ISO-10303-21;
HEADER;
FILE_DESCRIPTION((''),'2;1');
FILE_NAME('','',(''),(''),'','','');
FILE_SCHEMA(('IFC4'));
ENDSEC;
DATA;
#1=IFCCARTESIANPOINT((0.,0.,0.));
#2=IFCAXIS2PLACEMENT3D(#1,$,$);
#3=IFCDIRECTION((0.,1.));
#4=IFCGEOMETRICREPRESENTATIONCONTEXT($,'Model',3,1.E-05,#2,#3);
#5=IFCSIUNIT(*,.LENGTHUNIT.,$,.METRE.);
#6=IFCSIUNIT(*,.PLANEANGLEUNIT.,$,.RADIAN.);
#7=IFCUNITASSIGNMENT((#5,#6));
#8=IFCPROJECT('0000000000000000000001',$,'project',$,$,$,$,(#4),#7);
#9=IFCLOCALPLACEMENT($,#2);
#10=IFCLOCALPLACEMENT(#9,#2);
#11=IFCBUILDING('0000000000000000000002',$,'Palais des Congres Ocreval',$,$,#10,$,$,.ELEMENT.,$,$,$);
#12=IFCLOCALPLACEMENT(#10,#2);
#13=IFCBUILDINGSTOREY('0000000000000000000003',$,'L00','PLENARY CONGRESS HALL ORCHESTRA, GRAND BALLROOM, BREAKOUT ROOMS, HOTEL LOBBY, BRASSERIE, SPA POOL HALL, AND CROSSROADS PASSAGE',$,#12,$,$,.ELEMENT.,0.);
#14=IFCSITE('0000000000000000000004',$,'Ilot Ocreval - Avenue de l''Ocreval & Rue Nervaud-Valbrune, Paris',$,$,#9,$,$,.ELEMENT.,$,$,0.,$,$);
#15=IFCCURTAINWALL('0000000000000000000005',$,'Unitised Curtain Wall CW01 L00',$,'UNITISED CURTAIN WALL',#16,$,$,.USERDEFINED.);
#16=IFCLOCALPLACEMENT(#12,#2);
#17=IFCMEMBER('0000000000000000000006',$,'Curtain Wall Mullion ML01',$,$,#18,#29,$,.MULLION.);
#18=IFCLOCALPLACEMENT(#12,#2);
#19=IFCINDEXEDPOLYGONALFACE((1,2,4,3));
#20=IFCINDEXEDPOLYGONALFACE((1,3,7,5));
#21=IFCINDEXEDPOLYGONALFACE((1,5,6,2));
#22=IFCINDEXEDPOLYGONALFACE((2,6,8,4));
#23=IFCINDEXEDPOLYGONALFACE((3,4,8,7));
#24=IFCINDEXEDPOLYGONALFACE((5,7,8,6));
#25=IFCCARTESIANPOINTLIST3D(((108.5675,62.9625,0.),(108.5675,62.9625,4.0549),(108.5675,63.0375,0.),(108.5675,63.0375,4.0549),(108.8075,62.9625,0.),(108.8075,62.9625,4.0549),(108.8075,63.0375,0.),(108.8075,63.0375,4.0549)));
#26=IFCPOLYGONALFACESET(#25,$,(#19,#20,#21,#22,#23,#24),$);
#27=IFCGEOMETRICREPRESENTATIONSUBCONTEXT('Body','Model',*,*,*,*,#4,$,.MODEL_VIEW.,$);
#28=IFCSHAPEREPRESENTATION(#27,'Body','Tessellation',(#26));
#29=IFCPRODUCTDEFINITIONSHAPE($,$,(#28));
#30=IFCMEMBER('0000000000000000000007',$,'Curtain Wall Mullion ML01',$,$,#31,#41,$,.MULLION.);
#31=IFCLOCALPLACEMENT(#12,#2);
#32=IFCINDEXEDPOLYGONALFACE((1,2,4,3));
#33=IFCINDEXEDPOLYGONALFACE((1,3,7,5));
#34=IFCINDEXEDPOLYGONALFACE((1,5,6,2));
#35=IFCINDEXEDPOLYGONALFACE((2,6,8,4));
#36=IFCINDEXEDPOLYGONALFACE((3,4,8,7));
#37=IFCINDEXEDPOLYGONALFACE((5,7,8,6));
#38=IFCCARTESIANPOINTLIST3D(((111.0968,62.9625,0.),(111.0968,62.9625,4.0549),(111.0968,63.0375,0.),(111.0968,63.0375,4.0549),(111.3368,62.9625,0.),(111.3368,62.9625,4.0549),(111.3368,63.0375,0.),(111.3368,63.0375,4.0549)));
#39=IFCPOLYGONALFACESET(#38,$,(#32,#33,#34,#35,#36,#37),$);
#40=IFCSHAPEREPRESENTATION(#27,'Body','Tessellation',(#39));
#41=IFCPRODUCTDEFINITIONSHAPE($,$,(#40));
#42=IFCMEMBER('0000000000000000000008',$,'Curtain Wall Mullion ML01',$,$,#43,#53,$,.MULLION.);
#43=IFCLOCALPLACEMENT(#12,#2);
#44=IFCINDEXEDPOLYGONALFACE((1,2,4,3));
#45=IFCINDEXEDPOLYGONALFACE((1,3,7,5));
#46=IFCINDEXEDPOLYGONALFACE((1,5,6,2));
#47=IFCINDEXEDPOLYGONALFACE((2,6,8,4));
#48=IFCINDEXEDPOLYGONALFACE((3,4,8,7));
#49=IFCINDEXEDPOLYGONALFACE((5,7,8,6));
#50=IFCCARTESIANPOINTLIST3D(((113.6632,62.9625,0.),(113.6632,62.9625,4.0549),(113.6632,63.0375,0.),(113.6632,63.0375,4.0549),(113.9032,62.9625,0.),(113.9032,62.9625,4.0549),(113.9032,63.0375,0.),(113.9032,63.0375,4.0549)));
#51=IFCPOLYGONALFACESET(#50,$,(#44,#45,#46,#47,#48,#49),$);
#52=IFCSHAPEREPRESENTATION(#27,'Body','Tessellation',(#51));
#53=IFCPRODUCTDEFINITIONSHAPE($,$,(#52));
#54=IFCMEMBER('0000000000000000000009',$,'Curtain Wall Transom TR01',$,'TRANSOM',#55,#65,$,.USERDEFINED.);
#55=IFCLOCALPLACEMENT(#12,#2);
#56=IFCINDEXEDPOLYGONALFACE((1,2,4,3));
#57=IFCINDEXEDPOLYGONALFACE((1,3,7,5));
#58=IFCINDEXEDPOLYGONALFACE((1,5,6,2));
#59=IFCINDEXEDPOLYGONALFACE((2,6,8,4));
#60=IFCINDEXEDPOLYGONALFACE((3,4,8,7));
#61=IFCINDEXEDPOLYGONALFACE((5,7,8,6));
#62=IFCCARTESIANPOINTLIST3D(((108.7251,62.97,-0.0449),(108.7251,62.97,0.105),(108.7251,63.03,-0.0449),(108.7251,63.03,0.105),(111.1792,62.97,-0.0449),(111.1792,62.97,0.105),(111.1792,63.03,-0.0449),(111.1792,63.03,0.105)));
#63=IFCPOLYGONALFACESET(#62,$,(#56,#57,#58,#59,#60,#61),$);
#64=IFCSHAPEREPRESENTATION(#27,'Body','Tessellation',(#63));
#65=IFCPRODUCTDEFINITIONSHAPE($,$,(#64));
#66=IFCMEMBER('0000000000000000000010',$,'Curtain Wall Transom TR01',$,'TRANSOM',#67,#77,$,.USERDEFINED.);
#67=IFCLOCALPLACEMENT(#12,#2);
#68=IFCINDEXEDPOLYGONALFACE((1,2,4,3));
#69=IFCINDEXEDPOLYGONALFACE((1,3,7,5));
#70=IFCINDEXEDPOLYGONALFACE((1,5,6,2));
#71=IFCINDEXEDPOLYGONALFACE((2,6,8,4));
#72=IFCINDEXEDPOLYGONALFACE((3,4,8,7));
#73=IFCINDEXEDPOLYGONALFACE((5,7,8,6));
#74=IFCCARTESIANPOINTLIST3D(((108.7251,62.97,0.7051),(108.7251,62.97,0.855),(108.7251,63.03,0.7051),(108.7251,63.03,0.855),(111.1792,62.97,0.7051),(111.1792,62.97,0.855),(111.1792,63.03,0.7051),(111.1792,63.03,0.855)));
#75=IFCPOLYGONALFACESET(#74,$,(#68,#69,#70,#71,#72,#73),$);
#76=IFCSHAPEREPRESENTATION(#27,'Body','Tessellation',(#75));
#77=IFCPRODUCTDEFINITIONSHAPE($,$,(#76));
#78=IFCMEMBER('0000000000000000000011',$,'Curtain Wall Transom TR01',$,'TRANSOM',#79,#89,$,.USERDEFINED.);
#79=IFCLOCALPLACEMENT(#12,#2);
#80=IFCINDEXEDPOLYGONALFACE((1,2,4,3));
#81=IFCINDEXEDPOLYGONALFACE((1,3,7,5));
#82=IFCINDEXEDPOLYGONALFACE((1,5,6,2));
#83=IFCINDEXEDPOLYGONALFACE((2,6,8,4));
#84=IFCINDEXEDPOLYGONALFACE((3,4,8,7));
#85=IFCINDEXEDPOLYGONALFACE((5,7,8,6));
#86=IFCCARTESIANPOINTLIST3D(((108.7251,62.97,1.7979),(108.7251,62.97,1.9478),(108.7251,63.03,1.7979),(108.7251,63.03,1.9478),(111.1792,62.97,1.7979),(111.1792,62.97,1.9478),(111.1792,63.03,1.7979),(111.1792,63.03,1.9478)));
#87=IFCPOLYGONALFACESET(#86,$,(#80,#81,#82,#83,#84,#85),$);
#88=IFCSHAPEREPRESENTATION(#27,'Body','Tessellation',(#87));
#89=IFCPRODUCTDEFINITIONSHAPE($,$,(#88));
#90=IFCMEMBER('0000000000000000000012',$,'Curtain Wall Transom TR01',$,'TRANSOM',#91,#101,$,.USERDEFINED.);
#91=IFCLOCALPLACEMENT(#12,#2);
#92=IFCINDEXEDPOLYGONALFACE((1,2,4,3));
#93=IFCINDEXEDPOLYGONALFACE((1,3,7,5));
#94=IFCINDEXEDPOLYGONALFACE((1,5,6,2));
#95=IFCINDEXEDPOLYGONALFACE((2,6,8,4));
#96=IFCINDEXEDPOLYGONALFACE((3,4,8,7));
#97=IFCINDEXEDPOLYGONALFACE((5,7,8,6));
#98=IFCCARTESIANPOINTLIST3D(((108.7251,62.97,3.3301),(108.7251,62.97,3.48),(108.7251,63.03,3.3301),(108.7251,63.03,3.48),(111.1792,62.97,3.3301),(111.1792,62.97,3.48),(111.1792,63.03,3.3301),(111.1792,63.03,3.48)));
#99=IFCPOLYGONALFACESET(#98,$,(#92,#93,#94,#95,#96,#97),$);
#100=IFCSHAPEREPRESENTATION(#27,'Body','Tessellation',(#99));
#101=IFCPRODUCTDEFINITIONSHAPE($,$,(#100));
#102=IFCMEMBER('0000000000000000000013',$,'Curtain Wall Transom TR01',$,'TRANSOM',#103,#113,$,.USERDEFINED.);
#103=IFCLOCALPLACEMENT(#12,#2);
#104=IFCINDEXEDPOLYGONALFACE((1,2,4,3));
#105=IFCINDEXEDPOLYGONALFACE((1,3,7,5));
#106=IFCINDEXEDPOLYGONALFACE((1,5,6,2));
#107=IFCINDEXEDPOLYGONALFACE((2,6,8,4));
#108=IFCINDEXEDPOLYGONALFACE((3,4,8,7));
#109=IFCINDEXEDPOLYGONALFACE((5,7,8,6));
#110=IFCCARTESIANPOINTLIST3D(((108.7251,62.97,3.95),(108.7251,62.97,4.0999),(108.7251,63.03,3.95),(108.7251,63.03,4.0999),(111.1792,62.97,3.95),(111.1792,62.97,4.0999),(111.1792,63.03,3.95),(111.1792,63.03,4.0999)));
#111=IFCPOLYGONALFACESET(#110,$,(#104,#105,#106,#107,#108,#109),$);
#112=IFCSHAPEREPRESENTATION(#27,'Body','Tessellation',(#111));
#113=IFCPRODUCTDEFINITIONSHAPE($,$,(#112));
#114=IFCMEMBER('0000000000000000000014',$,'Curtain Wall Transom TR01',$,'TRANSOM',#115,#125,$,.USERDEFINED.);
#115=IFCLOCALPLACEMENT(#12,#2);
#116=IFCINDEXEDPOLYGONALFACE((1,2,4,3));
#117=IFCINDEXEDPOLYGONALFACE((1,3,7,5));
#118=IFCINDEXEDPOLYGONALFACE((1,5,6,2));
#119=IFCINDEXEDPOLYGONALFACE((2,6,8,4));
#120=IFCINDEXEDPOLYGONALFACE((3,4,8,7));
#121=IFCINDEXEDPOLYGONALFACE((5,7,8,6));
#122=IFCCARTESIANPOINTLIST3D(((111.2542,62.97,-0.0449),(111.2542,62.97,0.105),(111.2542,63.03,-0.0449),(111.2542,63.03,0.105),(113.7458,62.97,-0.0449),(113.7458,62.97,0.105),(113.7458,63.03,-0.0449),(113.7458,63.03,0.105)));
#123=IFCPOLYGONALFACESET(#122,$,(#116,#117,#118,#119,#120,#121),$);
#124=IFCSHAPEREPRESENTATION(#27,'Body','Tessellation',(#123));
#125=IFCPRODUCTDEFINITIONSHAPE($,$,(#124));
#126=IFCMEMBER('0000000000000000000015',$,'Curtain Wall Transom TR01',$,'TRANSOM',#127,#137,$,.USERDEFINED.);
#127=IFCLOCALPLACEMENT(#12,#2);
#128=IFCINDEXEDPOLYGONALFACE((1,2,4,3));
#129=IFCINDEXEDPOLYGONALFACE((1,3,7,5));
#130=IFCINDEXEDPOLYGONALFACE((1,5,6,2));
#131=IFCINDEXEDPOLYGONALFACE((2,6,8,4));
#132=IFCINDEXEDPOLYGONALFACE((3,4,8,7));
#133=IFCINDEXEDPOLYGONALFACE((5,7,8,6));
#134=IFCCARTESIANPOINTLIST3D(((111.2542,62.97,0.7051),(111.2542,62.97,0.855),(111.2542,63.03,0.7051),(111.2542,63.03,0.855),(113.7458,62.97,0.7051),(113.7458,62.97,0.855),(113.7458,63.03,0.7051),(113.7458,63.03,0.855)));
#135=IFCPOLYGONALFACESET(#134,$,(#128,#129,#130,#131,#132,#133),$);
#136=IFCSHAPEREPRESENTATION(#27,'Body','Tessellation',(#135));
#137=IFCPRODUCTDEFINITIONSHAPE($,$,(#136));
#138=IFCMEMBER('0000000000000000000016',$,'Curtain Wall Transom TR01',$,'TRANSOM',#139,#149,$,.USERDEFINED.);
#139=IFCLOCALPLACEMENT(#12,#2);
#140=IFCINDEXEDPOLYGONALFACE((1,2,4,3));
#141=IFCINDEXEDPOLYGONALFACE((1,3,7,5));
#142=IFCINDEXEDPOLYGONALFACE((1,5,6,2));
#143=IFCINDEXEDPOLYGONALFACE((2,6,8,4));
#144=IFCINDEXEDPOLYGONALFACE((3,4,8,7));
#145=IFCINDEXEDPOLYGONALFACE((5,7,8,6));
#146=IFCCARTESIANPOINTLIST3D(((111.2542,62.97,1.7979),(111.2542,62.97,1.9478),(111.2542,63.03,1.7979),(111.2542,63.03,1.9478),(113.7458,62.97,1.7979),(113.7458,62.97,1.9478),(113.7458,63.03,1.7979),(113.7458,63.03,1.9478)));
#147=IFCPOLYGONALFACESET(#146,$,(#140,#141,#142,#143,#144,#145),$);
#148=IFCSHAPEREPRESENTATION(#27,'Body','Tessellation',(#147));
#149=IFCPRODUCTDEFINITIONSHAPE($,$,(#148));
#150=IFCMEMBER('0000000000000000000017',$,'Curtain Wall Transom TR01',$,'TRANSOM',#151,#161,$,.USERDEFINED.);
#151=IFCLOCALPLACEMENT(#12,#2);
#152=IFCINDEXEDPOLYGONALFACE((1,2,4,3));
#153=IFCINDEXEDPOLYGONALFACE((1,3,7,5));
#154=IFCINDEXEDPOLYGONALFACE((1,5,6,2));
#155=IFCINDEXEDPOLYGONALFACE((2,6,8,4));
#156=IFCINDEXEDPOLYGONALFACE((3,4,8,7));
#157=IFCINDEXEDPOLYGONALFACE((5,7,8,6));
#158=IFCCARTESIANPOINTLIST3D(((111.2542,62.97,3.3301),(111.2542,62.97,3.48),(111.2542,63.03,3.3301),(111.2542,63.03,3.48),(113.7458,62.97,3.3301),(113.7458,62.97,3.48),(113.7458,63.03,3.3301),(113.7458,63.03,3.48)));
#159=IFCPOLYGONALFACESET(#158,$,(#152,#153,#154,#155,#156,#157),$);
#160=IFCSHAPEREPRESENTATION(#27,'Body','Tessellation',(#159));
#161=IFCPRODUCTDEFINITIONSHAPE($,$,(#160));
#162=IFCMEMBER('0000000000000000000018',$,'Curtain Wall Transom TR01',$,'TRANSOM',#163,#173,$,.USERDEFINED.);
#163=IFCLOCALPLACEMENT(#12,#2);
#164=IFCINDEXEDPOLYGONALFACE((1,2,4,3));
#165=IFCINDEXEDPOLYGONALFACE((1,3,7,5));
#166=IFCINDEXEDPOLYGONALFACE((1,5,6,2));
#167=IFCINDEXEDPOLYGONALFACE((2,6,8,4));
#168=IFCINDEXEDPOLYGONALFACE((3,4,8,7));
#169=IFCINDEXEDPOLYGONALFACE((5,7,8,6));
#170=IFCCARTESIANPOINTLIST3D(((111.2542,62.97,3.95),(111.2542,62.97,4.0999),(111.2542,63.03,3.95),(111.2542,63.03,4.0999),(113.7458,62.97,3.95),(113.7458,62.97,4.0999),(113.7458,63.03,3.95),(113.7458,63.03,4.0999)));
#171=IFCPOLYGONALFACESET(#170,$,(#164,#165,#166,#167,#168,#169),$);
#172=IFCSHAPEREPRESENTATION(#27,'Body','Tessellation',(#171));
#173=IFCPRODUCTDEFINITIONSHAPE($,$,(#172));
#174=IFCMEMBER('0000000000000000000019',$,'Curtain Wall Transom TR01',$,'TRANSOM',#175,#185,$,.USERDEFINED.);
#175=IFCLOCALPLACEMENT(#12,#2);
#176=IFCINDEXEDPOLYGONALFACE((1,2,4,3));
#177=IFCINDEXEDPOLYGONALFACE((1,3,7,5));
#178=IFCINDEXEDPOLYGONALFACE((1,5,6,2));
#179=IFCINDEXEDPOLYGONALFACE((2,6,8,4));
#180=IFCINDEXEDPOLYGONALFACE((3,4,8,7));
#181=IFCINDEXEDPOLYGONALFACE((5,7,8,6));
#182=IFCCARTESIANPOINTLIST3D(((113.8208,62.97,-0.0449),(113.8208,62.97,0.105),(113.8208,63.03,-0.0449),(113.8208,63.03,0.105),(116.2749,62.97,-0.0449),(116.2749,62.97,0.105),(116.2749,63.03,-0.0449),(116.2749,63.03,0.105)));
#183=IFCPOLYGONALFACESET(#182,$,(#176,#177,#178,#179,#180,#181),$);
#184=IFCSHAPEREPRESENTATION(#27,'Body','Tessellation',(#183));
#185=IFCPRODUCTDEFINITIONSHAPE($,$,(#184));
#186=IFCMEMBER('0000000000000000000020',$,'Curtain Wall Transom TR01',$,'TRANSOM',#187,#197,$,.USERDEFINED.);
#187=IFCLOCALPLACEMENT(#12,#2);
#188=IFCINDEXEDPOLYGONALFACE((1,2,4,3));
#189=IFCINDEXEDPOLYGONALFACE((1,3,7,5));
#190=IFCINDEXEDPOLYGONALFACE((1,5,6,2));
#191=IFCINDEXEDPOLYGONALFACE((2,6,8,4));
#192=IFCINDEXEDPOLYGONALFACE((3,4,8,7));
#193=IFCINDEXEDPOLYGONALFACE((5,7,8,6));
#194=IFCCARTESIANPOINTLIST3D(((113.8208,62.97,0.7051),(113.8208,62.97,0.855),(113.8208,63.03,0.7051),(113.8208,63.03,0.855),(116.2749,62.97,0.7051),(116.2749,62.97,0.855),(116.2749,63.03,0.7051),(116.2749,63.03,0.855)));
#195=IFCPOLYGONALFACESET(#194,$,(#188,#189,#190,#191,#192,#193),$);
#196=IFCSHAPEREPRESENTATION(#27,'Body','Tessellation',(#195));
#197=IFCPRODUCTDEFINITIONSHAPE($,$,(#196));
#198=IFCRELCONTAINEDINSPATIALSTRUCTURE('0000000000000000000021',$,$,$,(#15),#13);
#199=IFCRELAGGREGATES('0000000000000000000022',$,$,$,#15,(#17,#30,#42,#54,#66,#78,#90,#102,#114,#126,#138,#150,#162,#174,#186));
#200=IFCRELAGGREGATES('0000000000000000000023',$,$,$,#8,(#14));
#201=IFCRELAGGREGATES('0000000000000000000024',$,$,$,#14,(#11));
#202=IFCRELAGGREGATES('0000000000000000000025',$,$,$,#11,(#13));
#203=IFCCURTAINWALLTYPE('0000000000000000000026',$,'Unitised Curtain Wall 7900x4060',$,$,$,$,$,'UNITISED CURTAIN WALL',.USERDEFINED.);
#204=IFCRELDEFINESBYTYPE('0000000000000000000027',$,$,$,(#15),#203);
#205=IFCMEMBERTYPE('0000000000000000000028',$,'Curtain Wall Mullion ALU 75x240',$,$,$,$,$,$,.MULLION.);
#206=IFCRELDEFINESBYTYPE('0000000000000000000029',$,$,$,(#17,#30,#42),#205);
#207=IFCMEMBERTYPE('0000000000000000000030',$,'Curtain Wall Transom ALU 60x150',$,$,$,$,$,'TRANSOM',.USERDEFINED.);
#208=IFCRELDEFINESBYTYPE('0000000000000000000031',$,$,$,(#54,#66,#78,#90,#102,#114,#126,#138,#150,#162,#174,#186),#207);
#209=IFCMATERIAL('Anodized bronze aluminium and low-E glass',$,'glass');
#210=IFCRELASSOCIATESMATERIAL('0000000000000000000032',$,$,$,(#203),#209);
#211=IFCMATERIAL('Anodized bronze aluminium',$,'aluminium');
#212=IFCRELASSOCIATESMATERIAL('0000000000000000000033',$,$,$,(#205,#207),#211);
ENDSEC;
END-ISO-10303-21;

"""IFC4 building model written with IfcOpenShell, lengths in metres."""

from ifc_helpers import new_model, si_unit, direction, frame, origin, origin_2d, place, context, subcontext, project, spatial, rectangle, extrude, material, material_profile, profile_set, type_object, element, aggregate, save


model = new_model("IFC4")

# Units and contexts
model_context = context("Model", 3, precision=1e-05, world=origin(), true_north=direction((0.0, 1.0)))
body_context = subcontext(model_context, "Body", "Model", "MODEL_VIEW")
ifc_project = project(units=[si_unit("LENGTHUNIT", "METRE"), si_unit("PLANEANGLEUNIT", "RADIAN")], contexts=[model_context])

# Site, building, storey
site_placement = place(None, origin())
site = spatial("IfcSite", under=ifc_project, at=site_placement, Name="Ilot Ocreval - Avenue de l'Ocreval & Rue Nervaud-Valbrune, Paris", CompositionType="ELEMENT", RefElevation=0.0)
building_placement = place(site_placement, origin())
building = spatial("IfcBuilding", under=site, at=building_placement, Name="Palais des Congres Ocreval", CompositionType="ELEMENT")
storey_placement = place(building_placement, origin())
storey = spatial("IfcBuildingStorey", under=building, at=storey_placement, Name="L00", Description="PLENARY CONGRESS HALL ORCHESTRA, GRAND BALLROOM, BREAKOUT ROOMS, HOTEL LOBBY, BRASSERIE, SPA POOL HALL, AND CROSSROADS PASSAGE", CompositionType="ELEMENT", Elevation=0.0)

# Curtain wall, members
ifc_material_1 = material(Name="Anodized bronze aluminium and low-E glass", Category="glass")
curtain_wall_type = type_object("IfcCurtainWallType", Name="Unitised Curtain Wall 7900x4060", ElementType="UNITISED CURTAIN WALL", PredefinedType="USERDEFINED", material=ifc_material_1)
curtain_wall_placement = place(storey_placement, origin())
curtain_wall = element("IfcCurtainWall", 1, at=curtain_wall_placement, inside=storey, type_object=curtain_wall_type, Name="Unitised Curtain Wall CW01 L00", ObjectType="UNITISED CURTAIN WALL", PredefinedType="USERDEFINED")
ifc_material_2 = material(Name="Anodized bronze aluminium", Category="aluminium")
ifc_material_profile_1 = material_profile(ifc_material_2, rectangle(XDim=0.075, YDim=0.24, at=origin_2d()), Name="ALU 75x240")
ifc_profile_set_1 = profile_set([ifc_material_profile_1], Name="Anodized bronze aluminium")
member_type_1 = type_object("IfcMemberType", Name="Curtain Wall Mullion ALU 75x240", PredefinedType="MULLION", material=ifc_profile_set_1)
member_1_placement = place(storey_placement, frame((108.6875, 63.0, 0.0), z_axis=(0.0, 0.0, 1.0), x_axis=(0.0, 1.0, 0.0)))
member_1 = element("IfcMember", 2, at=member_1_placement, type_object=member_type_1, Name="Curtain Wall Mullion ML01", PredefinedType="MULLION", context=body_context, shape_type="SweptSolid", body=[
    extrude(rectangle(XDim=0.075, YDim=0.24, at=origin_2d()), origin(), (0.0, 0.0, 1.0), 4.0549),
])
member_2_placement = place(storey_placement, frame((111.2168, 63.0, 0.0), z_axis=(0.0, 0.0, 1.0), x_axis=(0.0, 1.0, 0.0)))
member_2 = element("IfcMember", 3, at=member_2_placement, type_object=member_type_1, Name="Curtain Wall Mullion ML01", PredefinedType="MULLION", context=body_context, shape_type="SweptSolid", body=[
    extrude(rectangle(XDim=0.075, YDim=0.24, at=origin_2d()), origin(), (0.0, 0.0, 1.0), 4.0549),
])
member_3_placement = place(storey_placement, frame((113.7832, 63.0, 0.0), z_axis=(0.0, 0.0, 1.0), x_axis=(0.0, 1.0, 0.0)))
member_3 = element("IfcMember", 4, at=member_3_placement, type_object=member_type_1, Name="Curtain Wall Mullion ML01", PredefinedType="MULLION", context=body_context, shape_type="SweptSolid", body=[
    extrude(rectangle(XDim=0.075, YDim=0.24, at=origin_2d()), origin(), (0.0, 0.0, 1.0), 4.0549),
])
ifc_material_profile_2 = material_profile(ifc_material_2, rectangle(XDim=0.0601, YDim=0.1499, at=origin_2d()), Name="ALU 60x150")
ifc_profile_set_2 = profile_set([ifc_material_profile_2], Name="Anodized bronze aluminium")
member_type_2 = type_object("IfcMemberType", Name="Curtain Wall Transom ALU 60x150", ElementType="TRANSOM", PredefinedType="USERDEFINED", material=ifc_profile_set_2)
member_4_placement = place(storey_placement, frame((108.7251, 63.0, 0.03), z_axis=(1.0, 0.0, 0.0), x_axis=(0.0, 1.0, 0.0)))
member_4 = element("IfcMember", 5, at=member_4_placement, type_object=member_type_2, Name="Curtain Wall Transom TR01", ObjectType="TRANSOM", PredefinedType="USERDEFINED", context=body_context, shape_type="SweptSolid", body=[
    extrude(rectangle(XDim=0.0601, YDim=0.1499, at=origin_2d()), origin(), (0.0, 0.0, 1.0), 2.4541),
])
member_5_placement = place(storey_placement, frame((108.7251, 63.0, 0.78), z_axis=(1.0, 0.0, 0.0), x_axis=(0.0, 1.0, 0.0)))
member_5 = element("IfcMember", 6, at=member_5_placement, type_object=member_type_2, Name="Curtain Wall Transom TR01", ObjectType="TRANSOM", PredefinedType="USERDEFINED", context=body_context, shape_type="SweptSolid", body=[
    extrude(rectangle(XDim=0.0601, YDim=0.1499, at=origin_2d()), origin(), (0.0, 0.0, 1.0), 2.4541),
])
member_6_placement = place(storey_placement, frame((108.7251, 63.0, 1.8728), z_axis=(1.0, 0.0, 0.0), x_axis=(0.0, 1.0, 0.0)))
member_6 = element("IfcMember", 7, at=member_6_placement, type_object=member_type_2, Name="Curtain Wall Transom TR01", ObjectType="TRANSOM", PredefinedType="USERDEFINED", context=body_context, shape_type="SweptSolid", body=[
    extrude(rectangle(XDim=0.0601, YDim=0.1499, at=origin_2d()), origin(), (0.0, 0.0, 1.0), 2.4541),
])
member_7_placement = place(storey_placement, frame((108.7251, 63.0, 3.405), z_axis=(1.0, 0.0, 0.0), x_axis=(0.0, 1.0, 0.0)))
member_7 = element("IfcMember", 8, at=member_7_placement, type_object=member_type_2, Name="Curtain Wall Transom TR01", ObjectType="TRANSOM", PredefinedType="USERDEFINED", context=body_context, shape_type="SweptSolid", body=[
    extrude(rectangle(XDim=0.0601, YDim=0.1499, at=origin_2d()), origin(), (0.0, 0.0, 1.0), 2.4541),
])
member_8_placement = place(storey_placement, frame((108.7251, 63.0, 4.0249), z_axis=(1.0, 0.0, 0.0), x_axis=(0.0, 1.0, 0.0)))
member_8 = element("IfcMember", 9, at=member_8_placement, type_object=member_type_2, Name="Curtain Wall Transom TR01", ObjectType="TRANSOM", PredefinedType="USERDEFINED", context=body_context, shape_type="SweptSolid", body=[
    extrude(rectangle(XDim=0.0601, YDim=0.1499, at=origin_2d()), origin(), (0.0, 0.0, 1.0), 2.4541),
])
member_9_placement = place(storey_placement, frame((111.2542, 63.0, 0.03), z_axis=(1.0, 0.0, 0.0), x_axis=(0.0, 1.0, 0.0)))
member_9 = element("IfcMember", 10, at=member_9_placement, type_object=member_type_2, Name="Curtain Wall Transom TR01", ObjectType="TRANSOM", PredefinedType="USERDEFINED", context=body_context, shape_type="SweptSolid", body=[
    extrude(rectangle(XDim=0.0601, YDim=0.1499, at=origin_2d()), origin(), (0.0, 0.0, 1.0), 2.4917),
])
member_10_placement = place(storey_placement, frame((111.2542, 63.0, 0.78), z_axis=(1.0, 0.0, 0.0), x_axis=(0.0, 1.0, 0.0)))
member_10 = element("IfcMember", 11, at=member_10_placement, type_object=member_type_2, Name="Curtain Wall Transom TR01", ObjectType="TRANSOM", PredefinedType="USERDEFINED", context=body_context, shape_type="SweptSolid", body=[
    extrude(rectangle(XDim=0.0601, YDim=0.1499, at=origin_2d()), origin(), (0.0, 0.0, 1.0), 2.4917),
])
member_11_placement = place(storey_placement, frame((111.2542, 63.0, 1.8728), z_axis=(1.0, 0.0, 0.0), x_axis=(0.0, 1.0, 0.0)))
member_11 = element("IfcMember", 12, at=member_11_placement, type_object=member_type_2, Name="Curtain Wall Transom TR01", ObjectType="TRANSOM", PredefinedType="USERDEFINED", context=body_context, shape_type="SweptSolid", body=[
    extrude(rectangle(XDim=0.0601, YDim=0.1499, at=origin_2d()), origin(), (0.0, 0.0, 1.0), 2.4917),
])
member_12_placement = place(storey_placement, frame((111.2542, 63.0, 3.405), z_axis=(1.0, 0.0, 0.0), x_axis=(0.0, 1.0, 0.0)))
member_12 = element("IfcMember", 13, at=member_12_placement, type_object=member_type_2, Name="Curtain Wall Transom TR01", ObjectType="TRANSOM", PredefinedType="USERDEFINED", context=body_context, shape_type="SweptSolid", body=[
    extrude(rectangle(XDim=0.0601, YDim=0.1499, at=origin_2d()), origin(), (0.0, 0.0, 1.0), 2.4917),
])
member_13_placement = place(storey_placement, frame((111.2542, 63.0, 4.0249), z_axis=(1.0, 0.0, 0.0), x_axis=(0.0, 1.0, 0.0)))
member_13 = element("IfcMember", 14, at=member_13_placement, type_object=member_type_2, Name="Curtain Wall Transom TR01", ObjectType="TRANSOM", PredefinedType="USERDEFINED", context=body_context, shape_type="SweptSolid", body=[
    extrude(rectangle(XDim=0.0601, YDim=0.1499, at=origin_2d()), origin(), (0.0, 0.0, 1.0), 2.4917),
])
member_14_placement = place(storey_placement, frame((113.8208, 63.0, 0.03), z_axis=(1.0, 0.0, 0.0), x_axis=(0.0, 1.0, 0.0)))
member_14 = element("IfcMember", 15, at=member_14_placement, type_object=member_type_2, Name="Curtain Wall Transom TR01", ObjectType="TRANSOM", PredefinedType="USERDEFINED", context=body_context, shape_type="SweptSolid", body=[
    extrude(rectangle(XDim=0.0601, YDim=0.1499, at=origin_2d()), origin(), (0.0, 0.0, 1.0), 2.4541),
])
member_15_placement = place(storey_placement, frame((113.8208, 63.0, 0.78), z_axis=(1.0, 0.0, 0.0), x_axis=(0.0, 1.0, 0.0)))
member_15 = element("IfcMember", 16, at=member_15_placement, type_object=member_type_2, Name="Curtain Wall Transom TR01", ObjectType="TRANSOM", PredefinedType="USERDEFINED", context=body_context, shape_type="SweptSolid", body=[
    extrude(rectangle(XDim=0.0601, YDim=0.1499, at=origin_2d()), origin(), (0.0, 0.0, 1.0), 2.4541),
])
aggregate(curtain_wall, [member_1, member_2, member_3, member_4, member_5, member_6, member_7, member_8, member_9, member_10, member_11, member_12, member_13, member_14, member_15])

save(model, "model.ifc")
